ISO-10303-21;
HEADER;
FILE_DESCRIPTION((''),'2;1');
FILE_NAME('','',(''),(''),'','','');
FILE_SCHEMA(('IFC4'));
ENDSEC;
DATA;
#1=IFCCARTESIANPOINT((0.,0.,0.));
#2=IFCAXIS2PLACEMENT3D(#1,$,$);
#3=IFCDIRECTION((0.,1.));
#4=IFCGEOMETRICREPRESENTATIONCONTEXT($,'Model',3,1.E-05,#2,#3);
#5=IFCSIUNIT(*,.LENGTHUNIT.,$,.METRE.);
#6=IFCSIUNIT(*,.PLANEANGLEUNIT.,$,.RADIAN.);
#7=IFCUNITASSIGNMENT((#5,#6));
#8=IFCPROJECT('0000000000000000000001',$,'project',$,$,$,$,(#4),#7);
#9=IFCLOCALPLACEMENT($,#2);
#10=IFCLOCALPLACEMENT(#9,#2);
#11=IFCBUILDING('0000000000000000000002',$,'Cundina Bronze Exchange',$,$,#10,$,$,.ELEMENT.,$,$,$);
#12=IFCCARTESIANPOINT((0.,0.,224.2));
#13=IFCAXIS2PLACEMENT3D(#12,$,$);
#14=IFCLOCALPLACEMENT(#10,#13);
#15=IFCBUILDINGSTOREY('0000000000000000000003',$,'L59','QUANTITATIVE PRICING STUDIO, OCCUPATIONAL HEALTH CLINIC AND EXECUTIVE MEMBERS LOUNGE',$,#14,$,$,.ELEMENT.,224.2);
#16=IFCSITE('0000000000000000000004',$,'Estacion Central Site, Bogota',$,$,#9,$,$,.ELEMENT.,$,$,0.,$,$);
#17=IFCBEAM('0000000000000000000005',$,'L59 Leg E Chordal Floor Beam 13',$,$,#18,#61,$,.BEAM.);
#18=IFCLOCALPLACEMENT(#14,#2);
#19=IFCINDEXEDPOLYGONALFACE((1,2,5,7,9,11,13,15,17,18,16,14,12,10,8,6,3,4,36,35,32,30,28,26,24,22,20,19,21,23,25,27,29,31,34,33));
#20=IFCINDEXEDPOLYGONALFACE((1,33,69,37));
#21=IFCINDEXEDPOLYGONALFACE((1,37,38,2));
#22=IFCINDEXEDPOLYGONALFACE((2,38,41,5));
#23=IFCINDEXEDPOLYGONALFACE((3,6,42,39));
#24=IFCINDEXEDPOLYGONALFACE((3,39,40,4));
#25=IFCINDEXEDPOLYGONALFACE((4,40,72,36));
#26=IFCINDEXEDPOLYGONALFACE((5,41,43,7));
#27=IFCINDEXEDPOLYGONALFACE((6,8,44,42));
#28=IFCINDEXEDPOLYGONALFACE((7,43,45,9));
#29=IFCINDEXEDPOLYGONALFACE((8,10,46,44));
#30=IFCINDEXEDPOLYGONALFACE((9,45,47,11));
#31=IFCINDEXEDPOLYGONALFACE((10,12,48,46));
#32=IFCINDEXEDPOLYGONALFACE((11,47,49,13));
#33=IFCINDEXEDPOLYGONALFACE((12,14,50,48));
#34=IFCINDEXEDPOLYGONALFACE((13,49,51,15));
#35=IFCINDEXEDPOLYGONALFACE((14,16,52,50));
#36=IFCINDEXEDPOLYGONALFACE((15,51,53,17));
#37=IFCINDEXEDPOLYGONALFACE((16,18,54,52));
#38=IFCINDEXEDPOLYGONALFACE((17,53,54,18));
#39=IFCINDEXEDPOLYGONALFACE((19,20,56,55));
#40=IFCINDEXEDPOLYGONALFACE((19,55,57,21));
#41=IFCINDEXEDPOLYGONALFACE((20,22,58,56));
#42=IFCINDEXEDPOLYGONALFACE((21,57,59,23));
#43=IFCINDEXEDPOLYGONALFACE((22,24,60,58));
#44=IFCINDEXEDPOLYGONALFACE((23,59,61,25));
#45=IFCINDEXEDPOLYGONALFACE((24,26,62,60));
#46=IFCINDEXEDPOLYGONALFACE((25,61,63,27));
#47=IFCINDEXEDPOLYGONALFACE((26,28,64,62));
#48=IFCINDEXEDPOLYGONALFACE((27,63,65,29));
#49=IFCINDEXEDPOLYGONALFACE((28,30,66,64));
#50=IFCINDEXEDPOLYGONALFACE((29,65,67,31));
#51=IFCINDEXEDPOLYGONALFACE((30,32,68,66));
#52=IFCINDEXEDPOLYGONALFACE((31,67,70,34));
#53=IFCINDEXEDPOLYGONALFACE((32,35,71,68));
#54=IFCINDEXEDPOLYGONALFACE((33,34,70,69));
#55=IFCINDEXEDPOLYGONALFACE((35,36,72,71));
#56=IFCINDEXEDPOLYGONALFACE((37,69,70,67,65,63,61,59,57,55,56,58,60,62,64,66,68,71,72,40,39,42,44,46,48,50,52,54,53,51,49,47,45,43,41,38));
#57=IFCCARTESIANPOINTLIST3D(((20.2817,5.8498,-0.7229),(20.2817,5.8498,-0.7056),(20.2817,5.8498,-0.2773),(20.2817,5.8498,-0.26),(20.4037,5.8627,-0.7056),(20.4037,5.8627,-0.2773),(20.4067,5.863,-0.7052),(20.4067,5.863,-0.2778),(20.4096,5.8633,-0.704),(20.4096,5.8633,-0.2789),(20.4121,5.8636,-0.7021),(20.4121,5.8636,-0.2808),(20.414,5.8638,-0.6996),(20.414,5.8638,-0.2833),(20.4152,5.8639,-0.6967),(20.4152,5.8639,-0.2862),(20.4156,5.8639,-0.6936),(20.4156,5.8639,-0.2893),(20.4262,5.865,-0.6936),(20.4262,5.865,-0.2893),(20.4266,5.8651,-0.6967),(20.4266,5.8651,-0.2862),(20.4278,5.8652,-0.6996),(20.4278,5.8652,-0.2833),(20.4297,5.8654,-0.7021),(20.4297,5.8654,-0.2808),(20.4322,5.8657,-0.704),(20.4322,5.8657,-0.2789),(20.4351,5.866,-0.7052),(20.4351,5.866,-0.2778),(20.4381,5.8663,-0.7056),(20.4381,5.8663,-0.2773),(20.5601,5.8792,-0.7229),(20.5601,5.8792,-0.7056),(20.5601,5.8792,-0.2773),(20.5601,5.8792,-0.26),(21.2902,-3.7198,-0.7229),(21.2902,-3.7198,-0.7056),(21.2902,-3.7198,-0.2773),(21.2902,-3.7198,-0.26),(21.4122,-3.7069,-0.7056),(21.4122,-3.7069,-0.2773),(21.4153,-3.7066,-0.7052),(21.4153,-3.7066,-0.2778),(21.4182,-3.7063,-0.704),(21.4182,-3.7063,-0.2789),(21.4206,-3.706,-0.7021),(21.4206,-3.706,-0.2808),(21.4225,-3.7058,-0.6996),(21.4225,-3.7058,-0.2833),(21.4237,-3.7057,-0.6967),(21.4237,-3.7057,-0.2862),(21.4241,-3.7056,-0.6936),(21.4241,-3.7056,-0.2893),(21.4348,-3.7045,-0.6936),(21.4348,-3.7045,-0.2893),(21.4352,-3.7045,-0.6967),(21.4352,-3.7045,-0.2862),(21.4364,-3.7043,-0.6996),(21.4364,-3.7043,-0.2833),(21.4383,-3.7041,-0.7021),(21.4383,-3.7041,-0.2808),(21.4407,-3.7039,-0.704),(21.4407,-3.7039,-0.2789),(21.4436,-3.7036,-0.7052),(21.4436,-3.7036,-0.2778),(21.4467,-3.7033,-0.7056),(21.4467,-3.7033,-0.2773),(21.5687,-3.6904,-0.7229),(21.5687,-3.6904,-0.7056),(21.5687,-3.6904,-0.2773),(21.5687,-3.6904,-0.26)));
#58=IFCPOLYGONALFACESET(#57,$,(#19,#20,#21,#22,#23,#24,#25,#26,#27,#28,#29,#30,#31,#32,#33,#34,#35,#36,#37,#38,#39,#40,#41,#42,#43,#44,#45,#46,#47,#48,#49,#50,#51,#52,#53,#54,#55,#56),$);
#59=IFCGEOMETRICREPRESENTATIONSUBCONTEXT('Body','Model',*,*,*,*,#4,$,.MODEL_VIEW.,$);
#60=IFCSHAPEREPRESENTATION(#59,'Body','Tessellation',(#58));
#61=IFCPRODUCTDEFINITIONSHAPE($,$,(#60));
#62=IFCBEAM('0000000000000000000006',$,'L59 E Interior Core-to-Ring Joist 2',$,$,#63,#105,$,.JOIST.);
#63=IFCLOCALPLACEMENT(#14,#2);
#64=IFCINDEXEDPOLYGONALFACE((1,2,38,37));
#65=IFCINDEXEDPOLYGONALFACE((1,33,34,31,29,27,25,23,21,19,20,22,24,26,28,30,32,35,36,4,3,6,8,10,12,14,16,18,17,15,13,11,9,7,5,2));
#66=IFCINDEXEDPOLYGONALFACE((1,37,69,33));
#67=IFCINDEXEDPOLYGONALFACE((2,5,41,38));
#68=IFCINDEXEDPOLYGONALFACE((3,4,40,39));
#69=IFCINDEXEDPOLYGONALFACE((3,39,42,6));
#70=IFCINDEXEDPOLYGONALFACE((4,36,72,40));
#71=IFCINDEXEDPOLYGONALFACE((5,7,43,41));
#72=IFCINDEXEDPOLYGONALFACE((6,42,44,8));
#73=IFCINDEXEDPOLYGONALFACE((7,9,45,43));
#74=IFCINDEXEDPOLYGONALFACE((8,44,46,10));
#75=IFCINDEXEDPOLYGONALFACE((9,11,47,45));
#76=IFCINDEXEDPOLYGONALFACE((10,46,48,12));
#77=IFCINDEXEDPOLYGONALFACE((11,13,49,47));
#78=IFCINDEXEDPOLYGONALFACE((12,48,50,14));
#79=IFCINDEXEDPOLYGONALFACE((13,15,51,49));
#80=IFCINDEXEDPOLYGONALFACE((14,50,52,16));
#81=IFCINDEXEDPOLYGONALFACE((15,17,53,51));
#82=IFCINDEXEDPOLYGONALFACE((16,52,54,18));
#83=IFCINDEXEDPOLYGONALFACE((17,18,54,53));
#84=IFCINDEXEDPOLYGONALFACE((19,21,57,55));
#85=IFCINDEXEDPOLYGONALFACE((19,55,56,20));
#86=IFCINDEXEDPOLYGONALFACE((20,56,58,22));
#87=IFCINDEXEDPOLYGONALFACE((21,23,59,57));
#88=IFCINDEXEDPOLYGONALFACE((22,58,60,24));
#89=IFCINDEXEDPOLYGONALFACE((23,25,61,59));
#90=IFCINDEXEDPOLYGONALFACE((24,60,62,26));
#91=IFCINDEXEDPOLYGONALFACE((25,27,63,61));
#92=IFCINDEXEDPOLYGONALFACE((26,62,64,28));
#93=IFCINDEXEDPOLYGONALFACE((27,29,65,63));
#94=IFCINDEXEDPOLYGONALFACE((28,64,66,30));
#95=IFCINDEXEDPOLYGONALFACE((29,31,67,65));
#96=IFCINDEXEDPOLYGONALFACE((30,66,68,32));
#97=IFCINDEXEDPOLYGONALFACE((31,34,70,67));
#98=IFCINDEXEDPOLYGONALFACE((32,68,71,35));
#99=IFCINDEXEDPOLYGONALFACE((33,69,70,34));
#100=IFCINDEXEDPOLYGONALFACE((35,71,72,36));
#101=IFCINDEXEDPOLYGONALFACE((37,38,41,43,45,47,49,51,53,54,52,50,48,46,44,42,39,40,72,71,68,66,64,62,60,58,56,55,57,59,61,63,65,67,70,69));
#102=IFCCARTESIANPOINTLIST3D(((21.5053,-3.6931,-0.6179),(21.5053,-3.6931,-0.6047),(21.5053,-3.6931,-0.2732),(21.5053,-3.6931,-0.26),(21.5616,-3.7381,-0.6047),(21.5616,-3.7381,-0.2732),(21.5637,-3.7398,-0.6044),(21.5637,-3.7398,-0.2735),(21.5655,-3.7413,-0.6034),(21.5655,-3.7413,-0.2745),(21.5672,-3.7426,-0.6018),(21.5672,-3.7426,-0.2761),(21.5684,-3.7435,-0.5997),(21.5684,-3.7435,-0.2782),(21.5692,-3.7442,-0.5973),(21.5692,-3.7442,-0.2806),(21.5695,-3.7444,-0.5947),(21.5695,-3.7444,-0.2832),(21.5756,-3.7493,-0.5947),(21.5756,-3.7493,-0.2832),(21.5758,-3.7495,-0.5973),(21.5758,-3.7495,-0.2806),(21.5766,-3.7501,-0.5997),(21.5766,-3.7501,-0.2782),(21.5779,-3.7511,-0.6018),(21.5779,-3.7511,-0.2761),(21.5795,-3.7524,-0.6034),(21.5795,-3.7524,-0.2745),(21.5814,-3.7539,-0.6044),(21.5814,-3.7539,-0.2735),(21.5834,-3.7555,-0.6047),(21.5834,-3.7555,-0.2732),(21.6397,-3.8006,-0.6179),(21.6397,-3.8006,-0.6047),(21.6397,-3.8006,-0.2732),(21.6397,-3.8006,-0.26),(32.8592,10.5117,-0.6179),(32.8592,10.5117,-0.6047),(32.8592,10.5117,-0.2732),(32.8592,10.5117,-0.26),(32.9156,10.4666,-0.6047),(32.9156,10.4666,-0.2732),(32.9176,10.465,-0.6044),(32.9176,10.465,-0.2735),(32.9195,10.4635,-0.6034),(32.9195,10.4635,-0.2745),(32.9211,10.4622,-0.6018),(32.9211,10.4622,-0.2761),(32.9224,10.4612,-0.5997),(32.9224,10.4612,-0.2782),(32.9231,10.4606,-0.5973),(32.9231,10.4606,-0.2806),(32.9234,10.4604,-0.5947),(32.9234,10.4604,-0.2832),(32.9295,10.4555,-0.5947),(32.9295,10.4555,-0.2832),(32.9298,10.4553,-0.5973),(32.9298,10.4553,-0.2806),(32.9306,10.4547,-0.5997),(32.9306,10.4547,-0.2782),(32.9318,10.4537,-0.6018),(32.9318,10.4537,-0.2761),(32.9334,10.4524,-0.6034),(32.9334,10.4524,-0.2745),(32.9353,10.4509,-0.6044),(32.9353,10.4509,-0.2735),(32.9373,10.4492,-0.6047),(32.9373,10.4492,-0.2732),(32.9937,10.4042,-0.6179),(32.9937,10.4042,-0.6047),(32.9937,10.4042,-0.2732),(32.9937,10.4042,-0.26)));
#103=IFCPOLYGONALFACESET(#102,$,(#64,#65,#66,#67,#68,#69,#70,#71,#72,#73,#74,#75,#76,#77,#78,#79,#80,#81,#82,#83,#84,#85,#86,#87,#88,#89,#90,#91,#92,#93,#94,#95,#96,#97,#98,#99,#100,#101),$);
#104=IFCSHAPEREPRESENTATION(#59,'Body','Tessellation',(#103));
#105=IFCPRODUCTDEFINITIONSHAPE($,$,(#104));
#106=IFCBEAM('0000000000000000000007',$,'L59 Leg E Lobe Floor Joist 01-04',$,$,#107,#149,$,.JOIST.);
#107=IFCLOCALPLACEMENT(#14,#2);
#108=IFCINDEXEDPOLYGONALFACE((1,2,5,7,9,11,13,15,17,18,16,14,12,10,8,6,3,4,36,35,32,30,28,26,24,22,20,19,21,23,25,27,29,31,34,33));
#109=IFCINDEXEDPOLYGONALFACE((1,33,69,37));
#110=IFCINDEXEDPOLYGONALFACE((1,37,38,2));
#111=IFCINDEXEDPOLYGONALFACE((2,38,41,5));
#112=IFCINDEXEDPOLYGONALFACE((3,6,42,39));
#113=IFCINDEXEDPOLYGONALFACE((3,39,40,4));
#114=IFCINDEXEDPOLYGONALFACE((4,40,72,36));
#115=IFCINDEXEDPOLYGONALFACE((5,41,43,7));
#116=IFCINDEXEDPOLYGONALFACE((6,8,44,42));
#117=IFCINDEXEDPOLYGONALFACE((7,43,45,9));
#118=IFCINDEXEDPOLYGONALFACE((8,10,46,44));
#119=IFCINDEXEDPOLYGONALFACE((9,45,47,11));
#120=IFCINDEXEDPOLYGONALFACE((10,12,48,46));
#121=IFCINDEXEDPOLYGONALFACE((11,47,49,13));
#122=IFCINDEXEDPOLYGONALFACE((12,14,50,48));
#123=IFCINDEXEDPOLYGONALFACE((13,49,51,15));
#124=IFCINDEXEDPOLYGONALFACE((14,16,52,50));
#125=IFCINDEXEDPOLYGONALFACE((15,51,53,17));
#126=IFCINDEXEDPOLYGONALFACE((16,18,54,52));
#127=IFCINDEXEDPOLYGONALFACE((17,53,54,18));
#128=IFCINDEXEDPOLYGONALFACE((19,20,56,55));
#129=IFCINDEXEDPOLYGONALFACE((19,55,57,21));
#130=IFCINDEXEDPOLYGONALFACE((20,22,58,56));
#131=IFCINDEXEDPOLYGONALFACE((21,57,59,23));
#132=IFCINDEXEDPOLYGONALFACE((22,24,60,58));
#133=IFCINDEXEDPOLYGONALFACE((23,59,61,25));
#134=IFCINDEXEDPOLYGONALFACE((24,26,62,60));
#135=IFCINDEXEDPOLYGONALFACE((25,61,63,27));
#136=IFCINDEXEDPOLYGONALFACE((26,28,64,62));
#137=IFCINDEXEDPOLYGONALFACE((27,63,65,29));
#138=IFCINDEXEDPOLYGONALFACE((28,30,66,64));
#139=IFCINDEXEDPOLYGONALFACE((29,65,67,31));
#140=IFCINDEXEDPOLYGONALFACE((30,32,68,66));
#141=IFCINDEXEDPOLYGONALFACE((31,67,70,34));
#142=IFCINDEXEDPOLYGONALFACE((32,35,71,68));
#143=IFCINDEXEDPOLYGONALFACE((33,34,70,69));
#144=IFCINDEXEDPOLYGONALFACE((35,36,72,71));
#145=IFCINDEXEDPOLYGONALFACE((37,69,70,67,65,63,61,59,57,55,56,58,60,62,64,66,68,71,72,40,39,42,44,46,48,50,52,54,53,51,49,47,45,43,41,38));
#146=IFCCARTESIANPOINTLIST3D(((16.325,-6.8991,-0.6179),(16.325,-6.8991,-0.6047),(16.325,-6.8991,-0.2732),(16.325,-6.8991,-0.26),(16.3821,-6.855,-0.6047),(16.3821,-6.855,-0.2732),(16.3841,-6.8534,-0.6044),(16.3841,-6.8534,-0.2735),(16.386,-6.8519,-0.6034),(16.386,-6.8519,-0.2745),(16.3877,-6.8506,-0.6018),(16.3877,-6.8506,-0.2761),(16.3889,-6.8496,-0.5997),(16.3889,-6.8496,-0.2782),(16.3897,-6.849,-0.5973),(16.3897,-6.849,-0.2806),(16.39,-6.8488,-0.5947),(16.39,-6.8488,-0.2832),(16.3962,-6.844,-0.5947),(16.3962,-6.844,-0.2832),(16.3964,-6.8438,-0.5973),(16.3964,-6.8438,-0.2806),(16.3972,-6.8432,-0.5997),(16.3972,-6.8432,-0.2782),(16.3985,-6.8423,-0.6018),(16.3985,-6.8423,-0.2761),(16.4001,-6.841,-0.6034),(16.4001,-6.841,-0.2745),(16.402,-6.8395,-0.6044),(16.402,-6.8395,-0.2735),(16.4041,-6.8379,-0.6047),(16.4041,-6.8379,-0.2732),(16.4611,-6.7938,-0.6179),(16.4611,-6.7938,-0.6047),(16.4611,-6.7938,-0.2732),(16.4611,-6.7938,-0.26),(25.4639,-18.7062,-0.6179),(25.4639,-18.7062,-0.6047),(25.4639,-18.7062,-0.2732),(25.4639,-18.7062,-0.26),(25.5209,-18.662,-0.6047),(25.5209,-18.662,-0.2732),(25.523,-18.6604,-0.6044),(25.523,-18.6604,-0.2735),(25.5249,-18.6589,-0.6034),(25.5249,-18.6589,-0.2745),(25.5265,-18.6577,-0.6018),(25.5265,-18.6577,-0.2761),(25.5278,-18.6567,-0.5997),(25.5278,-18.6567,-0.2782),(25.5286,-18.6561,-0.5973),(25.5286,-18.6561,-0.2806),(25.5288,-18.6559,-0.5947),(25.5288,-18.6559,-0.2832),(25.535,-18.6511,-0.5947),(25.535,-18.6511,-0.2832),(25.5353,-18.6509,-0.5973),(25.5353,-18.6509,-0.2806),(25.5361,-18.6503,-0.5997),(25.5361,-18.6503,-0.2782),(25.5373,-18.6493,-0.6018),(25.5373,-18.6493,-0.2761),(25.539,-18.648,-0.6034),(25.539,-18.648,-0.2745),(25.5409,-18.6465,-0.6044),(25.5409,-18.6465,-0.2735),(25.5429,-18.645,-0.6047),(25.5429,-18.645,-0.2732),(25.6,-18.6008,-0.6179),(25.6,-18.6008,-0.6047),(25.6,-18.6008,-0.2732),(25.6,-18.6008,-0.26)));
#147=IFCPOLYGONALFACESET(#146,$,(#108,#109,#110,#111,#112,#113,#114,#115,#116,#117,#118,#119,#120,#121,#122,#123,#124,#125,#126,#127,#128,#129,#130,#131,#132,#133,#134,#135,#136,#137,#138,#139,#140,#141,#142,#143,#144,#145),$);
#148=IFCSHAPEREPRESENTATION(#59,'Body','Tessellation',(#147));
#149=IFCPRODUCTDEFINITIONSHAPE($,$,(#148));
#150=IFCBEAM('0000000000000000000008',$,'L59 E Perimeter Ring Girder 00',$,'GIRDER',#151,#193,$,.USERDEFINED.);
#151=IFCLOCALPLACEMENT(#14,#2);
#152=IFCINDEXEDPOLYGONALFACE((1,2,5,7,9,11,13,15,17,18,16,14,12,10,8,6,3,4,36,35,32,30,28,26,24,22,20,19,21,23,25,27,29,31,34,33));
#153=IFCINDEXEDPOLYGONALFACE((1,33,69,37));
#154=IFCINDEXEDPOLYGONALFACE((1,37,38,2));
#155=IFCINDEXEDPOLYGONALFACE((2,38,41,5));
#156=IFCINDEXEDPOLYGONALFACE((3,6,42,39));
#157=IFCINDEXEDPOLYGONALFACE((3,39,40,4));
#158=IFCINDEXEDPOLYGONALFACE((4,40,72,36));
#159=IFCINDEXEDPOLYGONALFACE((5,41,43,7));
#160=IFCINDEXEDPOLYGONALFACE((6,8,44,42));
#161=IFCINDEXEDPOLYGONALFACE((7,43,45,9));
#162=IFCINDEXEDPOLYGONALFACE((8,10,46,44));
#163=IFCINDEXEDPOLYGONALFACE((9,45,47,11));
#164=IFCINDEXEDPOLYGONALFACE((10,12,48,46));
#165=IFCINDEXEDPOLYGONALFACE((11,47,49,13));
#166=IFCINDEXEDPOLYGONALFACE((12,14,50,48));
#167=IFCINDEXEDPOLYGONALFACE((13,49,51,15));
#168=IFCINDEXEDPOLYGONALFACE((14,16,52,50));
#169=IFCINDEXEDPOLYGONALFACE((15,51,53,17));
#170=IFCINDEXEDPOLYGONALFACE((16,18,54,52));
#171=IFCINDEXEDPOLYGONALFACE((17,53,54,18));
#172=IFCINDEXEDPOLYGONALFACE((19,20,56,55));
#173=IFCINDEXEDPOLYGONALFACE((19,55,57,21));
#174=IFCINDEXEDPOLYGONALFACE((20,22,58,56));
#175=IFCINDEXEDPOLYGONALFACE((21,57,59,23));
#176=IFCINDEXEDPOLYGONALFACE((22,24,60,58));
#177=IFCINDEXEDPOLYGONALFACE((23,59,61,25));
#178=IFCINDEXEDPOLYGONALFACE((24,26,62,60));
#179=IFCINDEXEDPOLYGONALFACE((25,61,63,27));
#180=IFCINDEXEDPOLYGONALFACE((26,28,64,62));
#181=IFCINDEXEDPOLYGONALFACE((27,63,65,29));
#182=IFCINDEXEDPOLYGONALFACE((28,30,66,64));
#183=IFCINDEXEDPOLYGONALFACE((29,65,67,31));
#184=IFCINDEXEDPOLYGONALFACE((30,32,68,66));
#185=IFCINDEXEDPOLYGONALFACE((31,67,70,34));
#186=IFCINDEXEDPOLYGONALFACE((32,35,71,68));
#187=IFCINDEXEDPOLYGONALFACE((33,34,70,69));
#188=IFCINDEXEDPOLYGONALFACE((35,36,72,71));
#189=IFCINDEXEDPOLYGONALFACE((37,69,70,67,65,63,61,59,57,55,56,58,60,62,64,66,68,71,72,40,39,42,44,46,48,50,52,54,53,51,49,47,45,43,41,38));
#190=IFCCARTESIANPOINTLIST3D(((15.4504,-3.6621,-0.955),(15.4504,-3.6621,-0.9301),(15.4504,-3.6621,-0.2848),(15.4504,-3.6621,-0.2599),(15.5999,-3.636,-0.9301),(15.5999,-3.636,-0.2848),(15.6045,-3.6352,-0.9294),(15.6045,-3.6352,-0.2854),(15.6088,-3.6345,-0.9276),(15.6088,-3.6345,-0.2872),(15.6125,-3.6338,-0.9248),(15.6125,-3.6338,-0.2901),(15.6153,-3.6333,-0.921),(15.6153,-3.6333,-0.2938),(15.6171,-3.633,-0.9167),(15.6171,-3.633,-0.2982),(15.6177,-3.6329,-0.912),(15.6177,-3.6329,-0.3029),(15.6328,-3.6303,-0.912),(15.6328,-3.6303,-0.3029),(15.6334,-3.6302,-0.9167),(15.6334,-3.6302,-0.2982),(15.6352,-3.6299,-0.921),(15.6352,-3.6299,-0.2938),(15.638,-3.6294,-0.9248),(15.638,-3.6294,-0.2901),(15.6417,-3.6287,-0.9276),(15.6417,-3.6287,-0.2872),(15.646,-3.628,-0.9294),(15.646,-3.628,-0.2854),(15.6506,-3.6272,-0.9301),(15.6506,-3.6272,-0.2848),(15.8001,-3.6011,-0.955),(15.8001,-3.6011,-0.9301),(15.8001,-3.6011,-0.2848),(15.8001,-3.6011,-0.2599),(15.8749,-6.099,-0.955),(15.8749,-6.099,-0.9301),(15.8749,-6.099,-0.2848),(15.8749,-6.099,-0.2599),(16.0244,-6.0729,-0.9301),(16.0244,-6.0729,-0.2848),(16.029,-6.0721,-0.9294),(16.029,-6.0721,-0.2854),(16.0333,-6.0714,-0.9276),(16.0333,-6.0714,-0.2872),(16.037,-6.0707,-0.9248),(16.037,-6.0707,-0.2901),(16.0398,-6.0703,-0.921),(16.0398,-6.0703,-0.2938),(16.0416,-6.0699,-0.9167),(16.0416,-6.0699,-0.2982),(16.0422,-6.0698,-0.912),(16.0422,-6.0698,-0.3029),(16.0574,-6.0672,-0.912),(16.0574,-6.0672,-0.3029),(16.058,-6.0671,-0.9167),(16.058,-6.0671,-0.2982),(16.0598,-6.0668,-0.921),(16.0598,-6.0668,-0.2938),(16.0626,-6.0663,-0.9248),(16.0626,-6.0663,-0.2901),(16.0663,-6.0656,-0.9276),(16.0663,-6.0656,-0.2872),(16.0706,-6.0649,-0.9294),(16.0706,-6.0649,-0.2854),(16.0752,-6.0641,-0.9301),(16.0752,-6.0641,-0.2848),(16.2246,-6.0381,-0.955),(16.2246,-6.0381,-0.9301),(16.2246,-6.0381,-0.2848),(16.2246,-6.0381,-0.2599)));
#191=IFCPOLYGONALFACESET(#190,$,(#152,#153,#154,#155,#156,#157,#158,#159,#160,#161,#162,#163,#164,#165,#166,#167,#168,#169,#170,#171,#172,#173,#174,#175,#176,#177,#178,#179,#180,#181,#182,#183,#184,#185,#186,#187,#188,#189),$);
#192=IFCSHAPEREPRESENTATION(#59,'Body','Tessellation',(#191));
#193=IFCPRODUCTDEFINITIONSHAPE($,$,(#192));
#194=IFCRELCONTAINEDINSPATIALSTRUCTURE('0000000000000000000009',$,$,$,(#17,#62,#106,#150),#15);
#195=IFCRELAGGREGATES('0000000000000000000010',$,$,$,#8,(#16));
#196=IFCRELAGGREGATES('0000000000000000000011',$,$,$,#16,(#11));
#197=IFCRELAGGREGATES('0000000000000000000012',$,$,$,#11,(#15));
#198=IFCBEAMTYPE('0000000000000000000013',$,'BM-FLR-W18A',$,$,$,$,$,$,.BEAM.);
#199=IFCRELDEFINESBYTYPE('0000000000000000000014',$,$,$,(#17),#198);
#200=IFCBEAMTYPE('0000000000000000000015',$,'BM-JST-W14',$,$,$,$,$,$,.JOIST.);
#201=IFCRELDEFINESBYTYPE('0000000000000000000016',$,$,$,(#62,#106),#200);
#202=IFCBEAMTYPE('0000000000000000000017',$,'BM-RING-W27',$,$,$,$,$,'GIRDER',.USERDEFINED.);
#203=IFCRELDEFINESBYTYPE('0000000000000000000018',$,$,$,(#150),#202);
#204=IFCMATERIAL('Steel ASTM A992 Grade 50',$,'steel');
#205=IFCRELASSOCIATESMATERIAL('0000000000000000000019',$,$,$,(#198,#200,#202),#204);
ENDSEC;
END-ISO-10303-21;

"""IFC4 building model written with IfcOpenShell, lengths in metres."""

from ifc_helpers import new_model, si_unit, direction, frame, origin, origin_2d, place, context, subcontext, project, spatial, i_section, extrude, material, material_profile, profile_set, type_object, element, save


model = new_model("IFC4")

# Units and contexts
model_context = context("Model", 3, precision=1e-05, world=origin(), true_north=direction((0.0, 1.0)))
body_context = subcontext(model_context, "Body", "Model", "MODEL_VIEW")
ifc_project = project(units=[si_unit("LENGTHUNIT", "METRE"), si_unit("PLANEANGLEUNIT", "RADIAN")], contexts=[model_context])

# Site, building, storey
site_placement = place(None, origin())
site = spatial("IfcSite", under=ifc_project, at=site_placement, Name="Estacion Central Site, Bogota", CompositionType="ELEMENT", RefElevation=0.0)
building_placement = place(site_placement, origin())
building = spatial("IfcBuilding", under=site, at=building_placement, Name="Cundina Bronze Exchange", CompositionType="ELEMENT")
storey_placement = place(building_placement, frame((0.0, 0.0, 224.2)))
storey = spatial("IfcBuildingStorey", under=building, at=storey_placement, Name="L59", Description="QUANTITATIVE PRICING STUDIO, OCCUPATIONAL HEALTH CLINIC AND EXECUTIVE MEMBERS LOUNGE", CompositionType="ELEMENT", Elevation=224.2)

# Shared definitions
ifc_material_1 = material(Name="Steel ASTM A992 Grade 50", Category="steel")

# Beams
ifc_material_profile_1 = material_profile(ifc_material_1, i_section(OverallWidth=0.28, OverallDepth=0.4629, WebThickness=0.0107, FlangeThickness=0.0173, FilletRadius=0.012, at=origin_2d()), Name="W18X76", Category="steel")
ifc_profile_set_1 = profile_set([ifc_material_profile_1], Name="Steel ASTM A992 Grade 50")
beam_type_1 = type_object("IfcBeamType", Name="BM-FLR-W18A", PredefinedType="BEAM", material=ifc_profile_set_1)
beam_1_placement = place(storey_placement, frame((21.4294, -3.7051, -0.4915), z_axis=(-0.10481, 0.994492, 0.0), x_axis=(-0.994492, -0.10481, 0.0)))
element("IfcBeam", 1, at=beam_1_placement, inside=storey, type_object=beam_type_1, Name="L59 Leg E Chordal Floor Beam 13", PredefinedType="BEAM", context=body_context, shape_type="SweptSolid", body=[
    extrude(i_section(OverallWidth=0.28, OverallDepth=0.4629, WebThickness=0.0107, FlangeThickness=0.0173, FilletRadius=0.012, at=origin_2d()), origin(), (0.0, 0.0, 1.0), 9.6226),
])
ifc_material_profile_2 = material_profile(ifc_material_1, i_section(OverallWidth=0.1721, OverallDepth=0.3579, WebThickness=0.0078, FlangeThickness=0.0132, FilletRadius=0.01, at=origin_2d()), Name="W14X38", Category="steel")
ifc_profile_set_2 = profile_set([ifc_material_profile_2], Name="Steel ASTM A992 Grade 50")
beam_type_2 = type_object("IfcBeamType", Name="BM-JST-W14", PredefinedType="JOIST", material=ifc_profile_set_2)
beam_2_placement = place(storey_placement, frame((21.5725, -3.7468, -0.439), z_axis=(0.624364, 0.781133, 0.0), x_axis=(-0.781133, 0.624364, 0.0)))
element("IfcBeam", 2, at=beam_2_placement, inside=storey, type_object=beam_type_2, Name="L59 E Interior Core-to-Ring Joist 2", PredefinedType="JOIST", context=body_context, shape_type="SweptSolid", body=[
    extrude(i_section(OverallWidth=0.1721, OverallDepth=0.3579, WebThickness=0.0078, FlangeThickness=0.0132, FilletRadius=0.01, at=origin_2d()), origin(), (0.0, 0.0, 1.0), 18.1848),
])
beam_3_placement = place(storey_placement, frame((16.3931, -6.8464, -0.439), z_axis=(0.612086, -0.790791, 0.0), x_axis=(0.790791, 0.612086, 0.0)))
element("IfcBeam", 3, at=beam_3_placement, inside=storey, type_object=beam_type_2, Name="L59 Leg E Lobe Floor Joist 01-04", PredefinedType="JOIST", context=body_context, shape_type="SweptSolid", body=[
    extrude(i_section(OverallWidth=0.1721, OverallDepth=0.3579, WebThickness=0.0078, FlangeThickness=0.0132, FilletRadius=0.01, at=origin_2d()), origin(), (0.0, 0.0, 1.0), 14.9307),
])
ifc_material_profile_3 = material_profile(ifc_material_1, i_section(OverallWidth=0.355, OverallDepth=0.6951, WebThickness=0.0154, FlangeThickness=0.0249, FilletRadius=0.0181, at=origin_2d()), Name="W27X146", Category="steel")
ifc_profile_set_3 = profile_set([ifc_material_profile_3], Name="Steel ASTM A992 Grade 50")
beam_type_3 = type_object("IfcBeamType", Name="BM-RING-W27", ElementType="GIRDER", PredefinedType="USERDEFINED", material=ifc_profile_set_3)
beam_4_placement = place(storey_placement, frame((15.6252, -3.6316, -0.6074), z_axis=(0.171629, -0.985162, 0.0), x_axis=(0.985162, 0.171629, 0.0)))
element("IfcBeam", 4, at=beam_4_placement, inside=storey, type_object=beam_type_3, Name="L59 E Perimeter Ring Girder 00", ObjectType="GIRDER", PredefinedType="USERDEFINED", context=body_context, shape_type="SweptSolid", body=[
    extrude(i_section(OverallWidth=0.355, OverallDepth=0.6951, WebThickness=0.0154, FlangeThickness=0.0249, FilletRadius=0.0181, at=origin_2d()), origin(), (0.0, 0.0, 1.0), 2.4736),
])

save(model, "model.ifc")
